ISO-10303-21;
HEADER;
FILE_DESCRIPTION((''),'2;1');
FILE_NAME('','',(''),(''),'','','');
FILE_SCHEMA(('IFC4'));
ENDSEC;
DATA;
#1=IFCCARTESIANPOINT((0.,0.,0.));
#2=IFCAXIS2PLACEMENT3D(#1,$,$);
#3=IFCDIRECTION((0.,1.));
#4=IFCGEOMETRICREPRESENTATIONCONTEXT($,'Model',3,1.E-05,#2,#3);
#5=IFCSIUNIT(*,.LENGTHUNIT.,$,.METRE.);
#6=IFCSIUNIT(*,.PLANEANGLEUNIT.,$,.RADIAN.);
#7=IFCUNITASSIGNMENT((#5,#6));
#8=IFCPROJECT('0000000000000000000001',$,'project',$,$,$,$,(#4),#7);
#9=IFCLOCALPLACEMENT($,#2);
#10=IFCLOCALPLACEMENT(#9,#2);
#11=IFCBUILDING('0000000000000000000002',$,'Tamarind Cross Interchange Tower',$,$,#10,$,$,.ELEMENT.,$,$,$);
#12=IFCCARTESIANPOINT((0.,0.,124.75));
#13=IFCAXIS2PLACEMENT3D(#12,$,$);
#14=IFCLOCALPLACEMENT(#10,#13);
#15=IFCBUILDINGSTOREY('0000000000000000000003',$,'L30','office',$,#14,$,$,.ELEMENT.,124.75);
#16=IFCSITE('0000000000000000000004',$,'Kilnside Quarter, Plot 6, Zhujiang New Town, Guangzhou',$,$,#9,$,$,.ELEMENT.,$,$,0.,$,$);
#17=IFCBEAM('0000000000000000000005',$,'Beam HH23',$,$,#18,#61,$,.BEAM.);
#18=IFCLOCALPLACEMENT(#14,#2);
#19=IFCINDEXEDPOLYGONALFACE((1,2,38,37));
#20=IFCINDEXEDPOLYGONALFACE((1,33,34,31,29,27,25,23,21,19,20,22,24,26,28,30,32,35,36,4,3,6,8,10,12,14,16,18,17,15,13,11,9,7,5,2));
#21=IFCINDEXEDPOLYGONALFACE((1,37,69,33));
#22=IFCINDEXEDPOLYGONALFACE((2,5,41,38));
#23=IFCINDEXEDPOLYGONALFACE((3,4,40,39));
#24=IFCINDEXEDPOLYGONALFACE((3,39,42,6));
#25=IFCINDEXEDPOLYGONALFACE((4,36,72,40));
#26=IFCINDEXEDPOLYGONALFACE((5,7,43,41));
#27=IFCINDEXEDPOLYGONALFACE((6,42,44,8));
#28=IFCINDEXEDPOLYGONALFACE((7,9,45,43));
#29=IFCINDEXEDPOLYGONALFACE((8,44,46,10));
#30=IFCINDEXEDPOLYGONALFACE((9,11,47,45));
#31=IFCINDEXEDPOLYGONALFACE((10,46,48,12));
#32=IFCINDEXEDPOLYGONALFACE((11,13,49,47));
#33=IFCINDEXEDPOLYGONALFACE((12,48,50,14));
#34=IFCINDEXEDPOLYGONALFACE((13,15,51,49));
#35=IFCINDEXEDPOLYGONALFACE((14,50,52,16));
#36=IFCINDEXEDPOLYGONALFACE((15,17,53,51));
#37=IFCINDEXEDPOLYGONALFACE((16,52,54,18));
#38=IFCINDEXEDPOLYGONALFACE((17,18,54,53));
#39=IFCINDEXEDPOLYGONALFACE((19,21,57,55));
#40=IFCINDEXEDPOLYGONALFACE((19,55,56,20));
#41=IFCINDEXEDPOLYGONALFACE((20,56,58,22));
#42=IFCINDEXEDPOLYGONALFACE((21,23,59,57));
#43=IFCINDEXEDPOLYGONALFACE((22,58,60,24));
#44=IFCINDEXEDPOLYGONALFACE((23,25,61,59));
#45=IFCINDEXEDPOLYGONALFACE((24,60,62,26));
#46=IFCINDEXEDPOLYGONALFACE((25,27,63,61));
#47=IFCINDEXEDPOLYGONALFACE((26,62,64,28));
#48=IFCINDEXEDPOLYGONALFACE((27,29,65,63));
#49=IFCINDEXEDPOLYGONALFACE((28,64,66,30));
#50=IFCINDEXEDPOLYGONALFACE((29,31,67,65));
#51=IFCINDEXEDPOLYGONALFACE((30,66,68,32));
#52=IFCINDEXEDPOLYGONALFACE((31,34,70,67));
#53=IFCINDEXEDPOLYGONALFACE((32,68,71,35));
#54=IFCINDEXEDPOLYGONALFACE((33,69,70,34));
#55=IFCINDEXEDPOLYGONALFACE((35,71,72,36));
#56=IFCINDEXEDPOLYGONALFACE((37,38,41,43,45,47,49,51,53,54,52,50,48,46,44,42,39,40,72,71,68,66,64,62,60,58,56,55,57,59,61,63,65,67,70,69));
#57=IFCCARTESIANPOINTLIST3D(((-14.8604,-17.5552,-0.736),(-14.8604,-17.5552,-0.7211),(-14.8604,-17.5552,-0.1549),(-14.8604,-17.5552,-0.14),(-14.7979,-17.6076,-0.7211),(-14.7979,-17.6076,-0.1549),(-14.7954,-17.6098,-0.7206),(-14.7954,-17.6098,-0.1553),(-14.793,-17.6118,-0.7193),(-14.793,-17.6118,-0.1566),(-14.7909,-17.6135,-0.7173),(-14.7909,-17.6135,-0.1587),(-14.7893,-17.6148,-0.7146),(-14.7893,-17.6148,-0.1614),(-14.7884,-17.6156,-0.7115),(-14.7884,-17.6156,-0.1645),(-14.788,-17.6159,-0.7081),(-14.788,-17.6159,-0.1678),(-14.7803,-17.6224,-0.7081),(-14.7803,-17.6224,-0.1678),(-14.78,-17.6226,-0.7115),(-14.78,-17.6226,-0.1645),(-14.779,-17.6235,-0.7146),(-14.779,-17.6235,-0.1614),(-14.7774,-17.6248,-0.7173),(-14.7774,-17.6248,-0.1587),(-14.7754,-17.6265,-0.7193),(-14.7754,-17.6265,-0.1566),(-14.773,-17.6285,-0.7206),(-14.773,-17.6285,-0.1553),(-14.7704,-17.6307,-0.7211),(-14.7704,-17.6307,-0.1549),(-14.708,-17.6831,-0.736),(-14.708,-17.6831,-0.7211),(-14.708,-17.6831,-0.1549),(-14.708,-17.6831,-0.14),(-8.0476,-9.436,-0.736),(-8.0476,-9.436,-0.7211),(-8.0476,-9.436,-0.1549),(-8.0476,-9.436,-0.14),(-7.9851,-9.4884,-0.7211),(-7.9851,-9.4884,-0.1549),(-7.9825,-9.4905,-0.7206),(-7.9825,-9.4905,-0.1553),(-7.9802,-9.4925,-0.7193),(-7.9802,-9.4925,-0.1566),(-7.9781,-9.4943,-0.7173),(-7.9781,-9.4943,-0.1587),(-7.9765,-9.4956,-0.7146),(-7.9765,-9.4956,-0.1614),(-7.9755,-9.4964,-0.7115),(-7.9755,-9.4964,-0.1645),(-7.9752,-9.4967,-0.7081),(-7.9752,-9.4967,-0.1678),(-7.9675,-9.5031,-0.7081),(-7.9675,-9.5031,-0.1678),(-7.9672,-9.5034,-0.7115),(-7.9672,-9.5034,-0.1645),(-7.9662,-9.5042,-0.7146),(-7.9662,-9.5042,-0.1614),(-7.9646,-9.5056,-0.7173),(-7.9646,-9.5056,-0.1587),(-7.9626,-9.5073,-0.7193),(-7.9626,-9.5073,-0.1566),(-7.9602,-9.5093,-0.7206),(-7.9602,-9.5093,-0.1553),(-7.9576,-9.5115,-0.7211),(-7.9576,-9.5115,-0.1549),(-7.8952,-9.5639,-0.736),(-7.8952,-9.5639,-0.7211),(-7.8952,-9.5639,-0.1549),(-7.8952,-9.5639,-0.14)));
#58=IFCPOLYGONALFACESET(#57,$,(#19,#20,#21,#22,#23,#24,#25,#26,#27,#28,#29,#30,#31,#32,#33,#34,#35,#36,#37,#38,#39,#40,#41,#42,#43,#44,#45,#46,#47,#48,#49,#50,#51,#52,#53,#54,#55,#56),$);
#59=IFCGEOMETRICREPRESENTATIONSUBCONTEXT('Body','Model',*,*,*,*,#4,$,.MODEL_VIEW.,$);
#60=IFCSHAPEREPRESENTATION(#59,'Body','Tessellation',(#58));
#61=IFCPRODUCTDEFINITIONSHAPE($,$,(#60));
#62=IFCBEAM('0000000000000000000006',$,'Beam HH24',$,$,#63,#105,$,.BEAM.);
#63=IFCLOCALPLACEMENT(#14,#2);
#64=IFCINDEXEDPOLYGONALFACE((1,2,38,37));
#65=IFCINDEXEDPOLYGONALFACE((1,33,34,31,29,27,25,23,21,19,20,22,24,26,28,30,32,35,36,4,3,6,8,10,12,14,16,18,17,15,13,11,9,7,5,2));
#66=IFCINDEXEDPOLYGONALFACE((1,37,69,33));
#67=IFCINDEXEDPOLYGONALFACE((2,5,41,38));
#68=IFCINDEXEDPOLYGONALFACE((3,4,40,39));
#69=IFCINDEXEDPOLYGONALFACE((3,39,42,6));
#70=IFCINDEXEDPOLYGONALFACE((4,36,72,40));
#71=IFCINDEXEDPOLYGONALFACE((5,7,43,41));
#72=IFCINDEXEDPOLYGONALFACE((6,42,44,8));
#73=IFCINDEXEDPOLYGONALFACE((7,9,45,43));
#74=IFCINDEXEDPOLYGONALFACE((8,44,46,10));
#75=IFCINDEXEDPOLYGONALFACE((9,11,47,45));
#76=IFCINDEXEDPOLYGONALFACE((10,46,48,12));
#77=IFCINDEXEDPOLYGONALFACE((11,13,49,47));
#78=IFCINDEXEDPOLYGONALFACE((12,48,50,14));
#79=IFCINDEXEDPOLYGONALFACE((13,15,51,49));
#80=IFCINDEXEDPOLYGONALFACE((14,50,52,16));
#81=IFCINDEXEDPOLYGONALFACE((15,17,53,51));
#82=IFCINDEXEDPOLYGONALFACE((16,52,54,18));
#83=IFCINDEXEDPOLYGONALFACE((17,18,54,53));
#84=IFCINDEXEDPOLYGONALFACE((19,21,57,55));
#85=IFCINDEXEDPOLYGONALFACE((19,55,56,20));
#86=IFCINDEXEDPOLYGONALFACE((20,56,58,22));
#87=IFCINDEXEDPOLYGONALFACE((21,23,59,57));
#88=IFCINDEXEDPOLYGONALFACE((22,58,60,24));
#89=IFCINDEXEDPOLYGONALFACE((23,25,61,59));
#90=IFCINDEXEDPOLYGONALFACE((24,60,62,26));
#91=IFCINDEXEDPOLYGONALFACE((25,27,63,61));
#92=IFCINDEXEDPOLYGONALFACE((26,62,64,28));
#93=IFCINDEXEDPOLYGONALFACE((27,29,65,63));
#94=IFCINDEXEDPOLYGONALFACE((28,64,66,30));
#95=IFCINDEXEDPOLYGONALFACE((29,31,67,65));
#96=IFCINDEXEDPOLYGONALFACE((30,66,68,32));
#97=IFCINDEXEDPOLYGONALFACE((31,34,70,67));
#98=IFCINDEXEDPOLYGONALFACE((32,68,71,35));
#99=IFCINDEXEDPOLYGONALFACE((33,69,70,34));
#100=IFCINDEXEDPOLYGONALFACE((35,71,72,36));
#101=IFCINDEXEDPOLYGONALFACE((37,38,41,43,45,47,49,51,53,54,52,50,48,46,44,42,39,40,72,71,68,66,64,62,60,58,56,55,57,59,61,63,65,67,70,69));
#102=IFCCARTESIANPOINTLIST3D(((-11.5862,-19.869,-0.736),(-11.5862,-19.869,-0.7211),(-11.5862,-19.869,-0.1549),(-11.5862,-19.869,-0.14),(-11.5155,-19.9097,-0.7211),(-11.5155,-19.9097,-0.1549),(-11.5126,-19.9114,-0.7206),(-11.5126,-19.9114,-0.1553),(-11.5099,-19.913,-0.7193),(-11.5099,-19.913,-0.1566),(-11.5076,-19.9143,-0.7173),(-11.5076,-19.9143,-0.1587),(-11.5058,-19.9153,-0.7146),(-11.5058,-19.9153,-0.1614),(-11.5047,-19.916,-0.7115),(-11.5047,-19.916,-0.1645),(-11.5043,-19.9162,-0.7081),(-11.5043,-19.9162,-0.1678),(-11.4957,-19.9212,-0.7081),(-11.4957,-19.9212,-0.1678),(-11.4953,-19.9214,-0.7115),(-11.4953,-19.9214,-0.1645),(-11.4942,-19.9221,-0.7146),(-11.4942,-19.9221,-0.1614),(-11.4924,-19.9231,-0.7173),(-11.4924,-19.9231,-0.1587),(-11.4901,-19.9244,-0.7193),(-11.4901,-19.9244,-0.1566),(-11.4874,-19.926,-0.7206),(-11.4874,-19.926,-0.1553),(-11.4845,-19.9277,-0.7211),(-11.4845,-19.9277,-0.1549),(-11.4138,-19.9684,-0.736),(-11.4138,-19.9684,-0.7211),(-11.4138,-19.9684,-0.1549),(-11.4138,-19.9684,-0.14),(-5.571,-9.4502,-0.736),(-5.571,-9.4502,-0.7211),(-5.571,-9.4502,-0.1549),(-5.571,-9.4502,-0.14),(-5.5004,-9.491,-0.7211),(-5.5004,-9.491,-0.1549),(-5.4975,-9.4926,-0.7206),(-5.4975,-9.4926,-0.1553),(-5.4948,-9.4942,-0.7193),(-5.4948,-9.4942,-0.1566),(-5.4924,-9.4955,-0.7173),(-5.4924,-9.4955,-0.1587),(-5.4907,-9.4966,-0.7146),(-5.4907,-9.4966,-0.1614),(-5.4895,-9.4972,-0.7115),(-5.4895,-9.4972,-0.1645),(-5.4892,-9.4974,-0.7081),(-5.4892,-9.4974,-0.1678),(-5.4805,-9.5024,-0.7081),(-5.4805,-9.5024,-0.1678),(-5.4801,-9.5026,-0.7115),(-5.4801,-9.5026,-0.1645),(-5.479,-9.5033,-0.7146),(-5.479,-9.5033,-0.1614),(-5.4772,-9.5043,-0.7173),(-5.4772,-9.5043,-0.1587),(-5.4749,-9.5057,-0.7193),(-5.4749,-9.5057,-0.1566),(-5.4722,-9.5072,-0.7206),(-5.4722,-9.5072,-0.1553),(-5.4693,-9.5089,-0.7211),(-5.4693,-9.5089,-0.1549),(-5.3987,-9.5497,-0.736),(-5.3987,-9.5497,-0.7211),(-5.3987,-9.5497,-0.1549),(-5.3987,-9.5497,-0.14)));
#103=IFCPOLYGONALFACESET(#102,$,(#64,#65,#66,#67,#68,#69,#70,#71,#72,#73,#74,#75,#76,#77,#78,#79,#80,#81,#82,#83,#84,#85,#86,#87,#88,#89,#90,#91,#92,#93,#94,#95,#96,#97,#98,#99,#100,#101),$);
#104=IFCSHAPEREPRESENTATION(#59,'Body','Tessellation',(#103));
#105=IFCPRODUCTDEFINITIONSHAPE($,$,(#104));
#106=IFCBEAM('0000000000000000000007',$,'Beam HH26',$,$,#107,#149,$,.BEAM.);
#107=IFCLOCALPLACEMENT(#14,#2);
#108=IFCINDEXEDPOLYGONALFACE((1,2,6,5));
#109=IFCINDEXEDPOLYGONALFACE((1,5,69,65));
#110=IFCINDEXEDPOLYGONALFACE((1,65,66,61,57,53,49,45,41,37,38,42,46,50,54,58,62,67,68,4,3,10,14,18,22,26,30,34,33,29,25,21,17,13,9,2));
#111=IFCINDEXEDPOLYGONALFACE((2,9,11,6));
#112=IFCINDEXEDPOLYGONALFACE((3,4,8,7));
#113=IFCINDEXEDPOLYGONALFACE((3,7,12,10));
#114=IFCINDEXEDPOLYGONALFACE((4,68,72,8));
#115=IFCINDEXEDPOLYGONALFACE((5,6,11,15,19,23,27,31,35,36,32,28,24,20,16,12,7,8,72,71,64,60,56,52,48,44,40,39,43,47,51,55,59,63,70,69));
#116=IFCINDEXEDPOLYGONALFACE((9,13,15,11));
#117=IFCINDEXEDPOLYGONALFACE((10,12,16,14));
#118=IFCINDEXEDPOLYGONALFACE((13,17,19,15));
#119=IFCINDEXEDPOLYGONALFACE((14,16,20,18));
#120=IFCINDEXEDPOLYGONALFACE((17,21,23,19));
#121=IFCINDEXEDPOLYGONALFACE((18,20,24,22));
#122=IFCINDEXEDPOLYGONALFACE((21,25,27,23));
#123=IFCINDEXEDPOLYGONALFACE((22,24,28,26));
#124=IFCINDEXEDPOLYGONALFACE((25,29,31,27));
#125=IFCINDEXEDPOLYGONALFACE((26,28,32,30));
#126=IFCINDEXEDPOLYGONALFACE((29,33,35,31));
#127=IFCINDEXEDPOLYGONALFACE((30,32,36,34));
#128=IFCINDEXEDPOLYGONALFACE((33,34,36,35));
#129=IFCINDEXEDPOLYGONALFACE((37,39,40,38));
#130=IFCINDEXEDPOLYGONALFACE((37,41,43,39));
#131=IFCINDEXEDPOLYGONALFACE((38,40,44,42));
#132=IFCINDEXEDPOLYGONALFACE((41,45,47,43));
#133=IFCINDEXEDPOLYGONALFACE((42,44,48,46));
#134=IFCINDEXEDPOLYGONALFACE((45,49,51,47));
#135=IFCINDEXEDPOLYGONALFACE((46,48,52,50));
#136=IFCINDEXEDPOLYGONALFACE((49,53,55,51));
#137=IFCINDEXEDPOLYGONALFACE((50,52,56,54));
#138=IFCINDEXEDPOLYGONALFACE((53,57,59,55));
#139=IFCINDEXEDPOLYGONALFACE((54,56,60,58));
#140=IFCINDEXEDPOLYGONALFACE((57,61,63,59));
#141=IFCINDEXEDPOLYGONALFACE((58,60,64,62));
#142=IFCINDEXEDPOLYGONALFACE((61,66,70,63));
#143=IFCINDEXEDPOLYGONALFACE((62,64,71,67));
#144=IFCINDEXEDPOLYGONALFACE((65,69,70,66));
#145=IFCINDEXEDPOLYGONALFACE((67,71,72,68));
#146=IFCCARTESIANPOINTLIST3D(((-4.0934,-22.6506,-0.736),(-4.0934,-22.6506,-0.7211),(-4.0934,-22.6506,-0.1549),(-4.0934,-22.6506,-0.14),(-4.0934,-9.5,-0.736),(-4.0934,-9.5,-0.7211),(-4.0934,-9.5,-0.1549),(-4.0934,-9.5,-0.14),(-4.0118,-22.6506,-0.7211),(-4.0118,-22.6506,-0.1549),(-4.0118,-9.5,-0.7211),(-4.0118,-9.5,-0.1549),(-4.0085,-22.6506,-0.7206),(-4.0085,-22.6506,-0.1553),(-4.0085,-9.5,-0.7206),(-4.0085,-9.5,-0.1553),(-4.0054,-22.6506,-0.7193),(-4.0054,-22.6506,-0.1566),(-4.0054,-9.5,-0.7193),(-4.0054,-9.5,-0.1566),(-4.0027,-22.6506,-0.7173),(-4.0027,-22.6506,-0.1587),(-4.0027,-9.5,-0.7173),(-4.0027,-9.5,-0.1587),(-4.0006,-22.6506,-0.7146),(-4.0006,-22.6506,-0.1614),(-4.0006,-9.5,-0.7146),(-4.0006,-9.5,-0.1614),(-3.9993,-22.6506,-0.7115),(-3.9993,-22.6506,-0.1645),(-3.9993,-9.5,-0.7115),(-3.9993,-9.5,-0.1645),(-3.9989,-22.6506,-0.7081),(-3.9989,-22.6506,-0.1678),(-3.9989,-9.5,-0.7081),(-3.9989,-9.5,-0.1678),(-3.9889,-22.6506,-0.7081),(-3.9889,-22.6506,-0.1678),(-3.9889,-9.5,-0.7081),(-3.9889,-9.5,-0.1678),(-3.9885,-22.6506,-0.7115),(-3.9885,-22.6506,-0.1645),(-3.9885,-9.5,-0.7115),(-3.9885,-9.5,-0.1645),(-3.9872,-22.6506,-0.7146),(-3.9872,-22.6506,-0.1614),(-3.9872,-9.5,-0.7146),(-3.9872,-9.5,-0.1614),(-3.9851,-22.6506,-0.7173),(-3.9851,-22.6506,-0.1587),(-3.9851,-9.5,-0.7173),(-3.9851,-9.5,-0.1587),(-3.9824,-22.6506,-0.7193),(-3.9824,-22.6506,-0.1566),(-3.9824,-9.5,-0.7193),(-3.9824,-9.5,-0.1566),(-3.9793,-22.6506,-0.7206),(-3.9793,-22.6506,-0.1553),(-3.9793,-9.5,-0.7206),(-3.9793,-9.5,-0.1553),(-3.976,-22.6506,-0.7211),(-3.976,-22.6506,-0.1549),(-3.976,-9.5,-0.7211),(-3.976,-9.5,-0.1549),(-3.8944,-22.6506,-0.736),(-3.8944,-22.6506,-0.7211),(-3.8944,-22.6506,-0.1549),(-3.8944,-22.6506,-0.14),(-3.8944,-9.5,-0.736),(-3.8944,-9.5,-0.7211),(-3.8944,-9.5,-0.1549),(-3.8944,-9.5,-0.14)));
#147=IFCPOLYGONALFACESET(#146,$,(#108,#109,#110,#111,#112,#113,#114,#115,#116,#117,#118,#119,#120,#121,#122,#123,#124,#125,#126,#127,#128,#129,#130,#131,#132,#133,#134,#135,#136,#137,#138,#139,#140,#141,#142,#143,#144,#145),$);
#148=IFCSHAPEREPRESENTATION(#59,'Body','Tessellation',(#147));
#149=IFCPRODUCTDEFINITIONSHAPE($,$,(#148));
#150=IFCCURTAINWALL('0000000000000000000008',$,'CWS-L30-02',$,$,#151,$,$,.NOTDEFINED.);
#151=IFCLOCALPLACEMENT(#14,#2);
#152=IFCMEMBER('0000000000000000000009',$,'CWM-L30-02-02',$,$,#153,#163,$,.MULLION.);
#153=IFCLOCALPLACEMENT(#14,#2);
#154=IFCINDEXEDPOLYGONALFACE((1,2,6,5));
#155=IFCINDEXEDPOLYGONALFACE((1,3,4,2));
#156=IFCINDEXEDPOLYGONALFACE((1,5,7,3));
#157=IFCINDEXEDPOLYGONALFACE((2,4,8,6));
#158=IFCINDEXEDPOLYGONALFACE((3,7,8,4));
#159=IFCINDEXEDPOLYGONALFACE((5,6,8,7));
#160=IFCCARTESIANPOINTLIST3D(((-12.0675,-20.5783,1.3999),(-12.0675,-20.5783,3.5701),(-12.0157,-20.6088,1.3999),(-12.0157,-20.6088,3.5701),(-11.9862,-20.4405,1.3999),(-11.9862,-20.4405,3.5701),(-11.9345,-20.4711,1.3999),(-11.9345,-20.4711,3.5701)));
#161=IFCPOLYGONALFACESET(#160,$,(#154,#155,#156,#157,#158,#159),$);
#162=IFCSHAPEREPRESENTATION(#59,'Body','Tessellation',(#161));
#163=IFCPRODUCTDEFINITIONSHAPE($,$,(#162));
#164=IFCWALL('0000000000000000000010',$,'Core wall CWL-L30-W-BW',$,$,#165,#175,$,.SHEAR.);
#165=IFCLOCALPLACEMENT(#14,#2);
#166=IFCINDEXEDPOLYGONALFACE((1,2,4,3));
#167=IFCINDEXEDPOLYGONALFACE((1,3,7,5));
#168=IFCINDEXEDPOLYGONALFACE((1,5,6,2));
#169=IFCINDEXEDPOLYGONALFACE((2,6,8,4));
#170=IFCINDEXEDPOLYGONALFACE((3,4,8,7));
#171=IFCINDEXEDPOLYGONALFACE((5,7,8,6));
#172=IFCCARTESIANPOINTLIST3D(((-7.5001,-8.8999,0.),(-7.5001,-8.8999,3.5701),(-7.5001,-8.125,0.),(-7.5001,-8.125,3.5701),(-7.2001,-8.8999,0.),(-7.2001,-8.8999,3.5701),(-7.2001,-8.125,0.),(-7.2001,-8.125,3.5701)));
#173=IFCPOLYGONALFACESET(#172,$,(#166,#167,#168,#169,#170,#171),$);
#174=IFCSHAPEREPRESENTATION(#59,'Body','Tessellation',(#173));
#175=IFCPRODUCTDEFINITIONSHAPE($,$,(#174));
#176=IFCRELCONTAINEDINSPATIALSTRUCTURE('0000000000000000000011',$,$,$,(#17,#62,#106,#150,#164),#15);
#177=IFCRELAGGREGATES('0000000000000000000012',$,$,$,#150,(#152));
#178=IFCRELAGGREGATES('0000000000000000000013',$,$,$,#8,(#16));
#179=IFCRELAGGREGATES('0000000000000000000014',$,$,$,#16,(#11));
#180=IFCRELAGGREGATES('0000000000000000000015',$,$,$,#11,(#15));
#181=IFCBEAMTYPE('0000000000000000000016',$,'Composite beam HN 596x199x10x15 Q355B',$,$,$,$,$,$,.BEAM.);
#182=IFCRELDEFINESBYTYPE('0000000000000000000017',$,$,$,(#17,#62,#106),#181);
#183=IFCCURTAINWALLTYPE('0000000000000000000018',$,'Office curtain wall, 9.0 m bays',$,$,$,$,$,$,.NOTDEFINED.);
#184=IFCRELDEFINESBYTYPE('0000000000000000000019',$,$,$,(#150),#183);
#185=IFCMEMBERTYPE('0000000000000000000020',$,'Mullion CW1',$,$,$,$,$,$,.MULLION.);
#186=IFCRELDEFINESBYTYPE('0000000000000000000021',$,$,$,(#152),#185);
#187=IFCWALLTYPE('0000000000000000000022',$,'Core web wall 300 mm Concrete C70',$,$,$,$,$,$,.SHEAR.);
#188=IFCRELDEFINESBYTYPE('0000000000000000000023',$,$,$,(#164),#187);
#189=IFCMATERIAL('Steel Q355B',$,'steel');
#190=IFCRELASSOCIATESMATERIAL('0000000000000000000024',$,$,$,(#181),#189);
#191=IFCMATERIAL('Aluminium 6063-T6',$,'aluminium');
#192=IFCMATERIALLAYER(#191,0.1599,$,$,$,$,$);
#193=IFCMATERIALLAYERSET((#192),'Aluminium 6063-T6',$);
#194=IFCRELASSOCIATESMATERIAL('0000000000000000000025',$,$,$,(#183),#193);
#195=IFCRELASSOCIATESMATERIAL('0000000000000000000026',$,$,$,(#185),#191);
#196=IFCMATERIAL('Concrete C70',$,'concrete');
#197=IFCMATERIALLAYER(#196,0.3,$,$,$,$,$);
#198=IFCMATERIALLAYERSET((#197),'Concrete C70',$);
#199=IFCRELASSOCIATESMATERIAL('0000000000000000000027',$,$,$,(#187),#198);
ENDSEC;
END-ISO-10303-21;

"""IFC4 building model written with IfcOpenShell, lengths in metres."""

from ifc_helpers import new_model, si_unit, direction, frame, frame_2d, origin, origin_2d, place, context, subcontext, project, spatial, rectangle, i_section, extrude, material, layer, layer_set, material_profile, profile_set, type_object, element, aggregate, save


model = new_model("IFC4")

# Units and contexts
model_context = context("Model", 3, precision=1e-05, world=origin(), true_north=direction((0.0, 1.0)))
body_context = subcontext(model_context, "Body", "Model", "MODEL_VIEW")
ifc_project = project(units=[si_unit("LENGTHUNIT", "METRE"), si_unit("PLANEANGLEUNIT", "RADIAN")], contexts=[model_context])

# Site, building, storey
site_placement = place(None, origin())
site = spatial("IfcSite", under=ifc_project, at=site_placement, Name="Kilnside Quarter, Plot 6, Zhujiang New Town, Guangzhou", CompositionType="ELEMENT", RefElevation=0.0)
building_placement = place(site_placement, origin())
building = spatial("IfcBuilding", under=site, at=building_placement, Name="Tamarind Cross Interchange Tower", CompositionType="ELEMENT")
storey_placement = place(building_placement, frame((0.0, 0.0, 124.75)))
storey = spatial("IfcBuildingStorey", under=building, at=storey_placement, Name="L30", Description="office", CompositionType="ELEMENT", Elevation=124.75)

# Beams
ifc_material_1 = material(Name="Steel Q355B", Category="steel")
ifc_material_profile_1 = material_profile(ifc_material_1, i_section(OverallWidth=0.199, OverallDepth=0.5959, WebThickness=0.01, FlangeThickness=0.0149, FilletRadius=0.0129, at=origin_2d()), Name="HN 596x199x10x15")
ifc_profile_set_1 = profile_set([ifc_material_profile_1], Name="Steel Q355B")
beam_type_1 = type_object("IfcBeamType", Name="Composite beam HN 596x199x10x15 Q355B", PredefinedType="BEAM", material=ifc_profile_set_1)
beam_1_placement = place(storey_placement, frame((-14.7842, -17.6191, -0.438), z_axis=(0.642786, 0.766046, 0.0), x_axis=(-0.766046, 0.642786, 0.0)))
element("IfcBeam", 1, at=beam_1_placement, inside=storey, type_object=beam_type_1, Name="Beam HH23", PredefinedType="BEAM", context=body_context, shape_type="SweptSolid", body=[
    extrude(i_section(OverallWidth=0.199, OverallDepth=0.5959, WebThickness=0.01, FlangeThickness=0.0149, FilletRadius=0.0129, at=origin_2d()), origin(), (0.0, 0.0, 1.0), 10.5989),
])
beam_2_placement = place(storey_placement, frame((-11.5, -19.9187, -0.438), z_axis=(0.499994, 0.866029, 0.0), x_axis=(-0.866029, 0.499994, 0.0)))
element("IfcBeam", 2, at=beam_2_placement, inside=storey, type_object=beam_type_1, Name="Beam HH24", PredefinedType="BEAM", context=body_context, shape_type="SweptSolid", body=[
    extrude(i_section(OverallWidth=0.199, OverallDepth=0.5959, WebThickness=0.01, FlangeThickness=0.0149, FilletRadius=0.0129, at=origin_2d()), origin(), (0.0, 0.0, 1.0), 12.0305),
])
beam_3_placement = place(storey_placement, frame((-3.9939, -22.6506, -0.438), z_axis=(0.0, 1.0, 0.0), x_axis=(-1.0, 0.0, 0.0)))
element("IfcBeam", 3, at=beam_3_placement, inside=storey, type_object=beam_type_1, Name="Beam HH26", PredefinedType="BEAM", context=body_context, shape_type="SweptSolid", body=[
    extrude(i_section(OverallWidth=0.199, OverallDepth=0.5959, WebThickness=0.01, FlangeThickness=0.0149, FilletRadius=0.0129, at=origin_2d()), origin(), (0.0, 0.0, 1.0), 13.1506),
])

# Curtain wall, member
ifc_material_2 = material(Name="Aluminium 6063-T6", Category="aluminium")
ifc_layer_1 = layer(ifc_material_2, 0.1599)
ifc_layer_set_1 = layer_set([ifc_layer_1], Name="Aluminium 6063-T6")
curtain_wall_type = type_object("IfcCurtainWallType", Name="Office curtain wall, 9.0 m bays", PredefinedType="NOTDEFINED", material=ifc_layer_set_1)
curtain_wall_placement = place(storey_placement, origin())
curtain_wall = element("IfcCurtainWall", 4, at=curtain_wall_placement, inside=storey, type_object=curtain_wall_type, Name="CWS-L30-02", PredefinedType="NOTDEFINED")
ifc_material_profile_2 = material_profile(ifc_material_2, rectangle(XDim=0.0601, YDim=0.1599, at=origin_2d()), Name="Mullion CW1")
ifc_profile_set_2 = profile_set([ifc_material_profile_2], Name="Aluminium 6063-T6")
member_type = type_object("IfcMemberType", Name="Mullion CW1", PredefinedType="MULLION", material=ifc_profile_set_2)
member_placement = place(storey_placement, frame((-12.001, -20.5247, 1.3999), z_axis=(0.0, 0.0, 1.0), x_axis=(0.861249, -0.508183, 0.0)))
member = element("IfcMember", 5, at=member_placement, type_object=member_type, Name="CWM-L30-02-02", PredefinedType="MULLION", context=body_context, shape_type="SweptSolid", body=[
    extrude(rectangle(XDim=0.0601, YDim=0.1599, at=origin_2d()), origin(), (0.0, 0.0, 1.0), 2.1702),
])
aggregate(curtain_wall, [member])

# Wall
ifc_material_3 = material(Name="Concrete C70", Category="concrete")
ifc_layer_2 = layer(ifc_material_3, 0.3)
ifc_layer_set_2 = layer_set([ifc_layer_2], Name="Concrete C70")
wall_type_1 = type_object("IfcWallType", Name="Core web wall 300 mm Concrete C70", PredefinedType="SHEAR", material=ifc_layer_set_2)
wall_1_placement = place(storey_placement, frame((-7.3501, -8.8999, 0.0), z_axis=(0.0, 0.0, 1.0), x_axis=(0.0, 1.0, 0.0)))
element("IfcWall", 6, at=wall_1_placement, inside=storey, type_object=wall_type_1, Name="Core wall CWL-L30-W-BW", PredefinedType="SHEAR", context=body_context, shape_type="SweptSolid", body=[
    extrude(rectangle(XDim=0.7749, YDim=0.3, at=frame_2d((0.3875, 0.0))), origin(), (0.0, 0.0, 1.0), 3.5701),
])

save(model, "model.ifc")
